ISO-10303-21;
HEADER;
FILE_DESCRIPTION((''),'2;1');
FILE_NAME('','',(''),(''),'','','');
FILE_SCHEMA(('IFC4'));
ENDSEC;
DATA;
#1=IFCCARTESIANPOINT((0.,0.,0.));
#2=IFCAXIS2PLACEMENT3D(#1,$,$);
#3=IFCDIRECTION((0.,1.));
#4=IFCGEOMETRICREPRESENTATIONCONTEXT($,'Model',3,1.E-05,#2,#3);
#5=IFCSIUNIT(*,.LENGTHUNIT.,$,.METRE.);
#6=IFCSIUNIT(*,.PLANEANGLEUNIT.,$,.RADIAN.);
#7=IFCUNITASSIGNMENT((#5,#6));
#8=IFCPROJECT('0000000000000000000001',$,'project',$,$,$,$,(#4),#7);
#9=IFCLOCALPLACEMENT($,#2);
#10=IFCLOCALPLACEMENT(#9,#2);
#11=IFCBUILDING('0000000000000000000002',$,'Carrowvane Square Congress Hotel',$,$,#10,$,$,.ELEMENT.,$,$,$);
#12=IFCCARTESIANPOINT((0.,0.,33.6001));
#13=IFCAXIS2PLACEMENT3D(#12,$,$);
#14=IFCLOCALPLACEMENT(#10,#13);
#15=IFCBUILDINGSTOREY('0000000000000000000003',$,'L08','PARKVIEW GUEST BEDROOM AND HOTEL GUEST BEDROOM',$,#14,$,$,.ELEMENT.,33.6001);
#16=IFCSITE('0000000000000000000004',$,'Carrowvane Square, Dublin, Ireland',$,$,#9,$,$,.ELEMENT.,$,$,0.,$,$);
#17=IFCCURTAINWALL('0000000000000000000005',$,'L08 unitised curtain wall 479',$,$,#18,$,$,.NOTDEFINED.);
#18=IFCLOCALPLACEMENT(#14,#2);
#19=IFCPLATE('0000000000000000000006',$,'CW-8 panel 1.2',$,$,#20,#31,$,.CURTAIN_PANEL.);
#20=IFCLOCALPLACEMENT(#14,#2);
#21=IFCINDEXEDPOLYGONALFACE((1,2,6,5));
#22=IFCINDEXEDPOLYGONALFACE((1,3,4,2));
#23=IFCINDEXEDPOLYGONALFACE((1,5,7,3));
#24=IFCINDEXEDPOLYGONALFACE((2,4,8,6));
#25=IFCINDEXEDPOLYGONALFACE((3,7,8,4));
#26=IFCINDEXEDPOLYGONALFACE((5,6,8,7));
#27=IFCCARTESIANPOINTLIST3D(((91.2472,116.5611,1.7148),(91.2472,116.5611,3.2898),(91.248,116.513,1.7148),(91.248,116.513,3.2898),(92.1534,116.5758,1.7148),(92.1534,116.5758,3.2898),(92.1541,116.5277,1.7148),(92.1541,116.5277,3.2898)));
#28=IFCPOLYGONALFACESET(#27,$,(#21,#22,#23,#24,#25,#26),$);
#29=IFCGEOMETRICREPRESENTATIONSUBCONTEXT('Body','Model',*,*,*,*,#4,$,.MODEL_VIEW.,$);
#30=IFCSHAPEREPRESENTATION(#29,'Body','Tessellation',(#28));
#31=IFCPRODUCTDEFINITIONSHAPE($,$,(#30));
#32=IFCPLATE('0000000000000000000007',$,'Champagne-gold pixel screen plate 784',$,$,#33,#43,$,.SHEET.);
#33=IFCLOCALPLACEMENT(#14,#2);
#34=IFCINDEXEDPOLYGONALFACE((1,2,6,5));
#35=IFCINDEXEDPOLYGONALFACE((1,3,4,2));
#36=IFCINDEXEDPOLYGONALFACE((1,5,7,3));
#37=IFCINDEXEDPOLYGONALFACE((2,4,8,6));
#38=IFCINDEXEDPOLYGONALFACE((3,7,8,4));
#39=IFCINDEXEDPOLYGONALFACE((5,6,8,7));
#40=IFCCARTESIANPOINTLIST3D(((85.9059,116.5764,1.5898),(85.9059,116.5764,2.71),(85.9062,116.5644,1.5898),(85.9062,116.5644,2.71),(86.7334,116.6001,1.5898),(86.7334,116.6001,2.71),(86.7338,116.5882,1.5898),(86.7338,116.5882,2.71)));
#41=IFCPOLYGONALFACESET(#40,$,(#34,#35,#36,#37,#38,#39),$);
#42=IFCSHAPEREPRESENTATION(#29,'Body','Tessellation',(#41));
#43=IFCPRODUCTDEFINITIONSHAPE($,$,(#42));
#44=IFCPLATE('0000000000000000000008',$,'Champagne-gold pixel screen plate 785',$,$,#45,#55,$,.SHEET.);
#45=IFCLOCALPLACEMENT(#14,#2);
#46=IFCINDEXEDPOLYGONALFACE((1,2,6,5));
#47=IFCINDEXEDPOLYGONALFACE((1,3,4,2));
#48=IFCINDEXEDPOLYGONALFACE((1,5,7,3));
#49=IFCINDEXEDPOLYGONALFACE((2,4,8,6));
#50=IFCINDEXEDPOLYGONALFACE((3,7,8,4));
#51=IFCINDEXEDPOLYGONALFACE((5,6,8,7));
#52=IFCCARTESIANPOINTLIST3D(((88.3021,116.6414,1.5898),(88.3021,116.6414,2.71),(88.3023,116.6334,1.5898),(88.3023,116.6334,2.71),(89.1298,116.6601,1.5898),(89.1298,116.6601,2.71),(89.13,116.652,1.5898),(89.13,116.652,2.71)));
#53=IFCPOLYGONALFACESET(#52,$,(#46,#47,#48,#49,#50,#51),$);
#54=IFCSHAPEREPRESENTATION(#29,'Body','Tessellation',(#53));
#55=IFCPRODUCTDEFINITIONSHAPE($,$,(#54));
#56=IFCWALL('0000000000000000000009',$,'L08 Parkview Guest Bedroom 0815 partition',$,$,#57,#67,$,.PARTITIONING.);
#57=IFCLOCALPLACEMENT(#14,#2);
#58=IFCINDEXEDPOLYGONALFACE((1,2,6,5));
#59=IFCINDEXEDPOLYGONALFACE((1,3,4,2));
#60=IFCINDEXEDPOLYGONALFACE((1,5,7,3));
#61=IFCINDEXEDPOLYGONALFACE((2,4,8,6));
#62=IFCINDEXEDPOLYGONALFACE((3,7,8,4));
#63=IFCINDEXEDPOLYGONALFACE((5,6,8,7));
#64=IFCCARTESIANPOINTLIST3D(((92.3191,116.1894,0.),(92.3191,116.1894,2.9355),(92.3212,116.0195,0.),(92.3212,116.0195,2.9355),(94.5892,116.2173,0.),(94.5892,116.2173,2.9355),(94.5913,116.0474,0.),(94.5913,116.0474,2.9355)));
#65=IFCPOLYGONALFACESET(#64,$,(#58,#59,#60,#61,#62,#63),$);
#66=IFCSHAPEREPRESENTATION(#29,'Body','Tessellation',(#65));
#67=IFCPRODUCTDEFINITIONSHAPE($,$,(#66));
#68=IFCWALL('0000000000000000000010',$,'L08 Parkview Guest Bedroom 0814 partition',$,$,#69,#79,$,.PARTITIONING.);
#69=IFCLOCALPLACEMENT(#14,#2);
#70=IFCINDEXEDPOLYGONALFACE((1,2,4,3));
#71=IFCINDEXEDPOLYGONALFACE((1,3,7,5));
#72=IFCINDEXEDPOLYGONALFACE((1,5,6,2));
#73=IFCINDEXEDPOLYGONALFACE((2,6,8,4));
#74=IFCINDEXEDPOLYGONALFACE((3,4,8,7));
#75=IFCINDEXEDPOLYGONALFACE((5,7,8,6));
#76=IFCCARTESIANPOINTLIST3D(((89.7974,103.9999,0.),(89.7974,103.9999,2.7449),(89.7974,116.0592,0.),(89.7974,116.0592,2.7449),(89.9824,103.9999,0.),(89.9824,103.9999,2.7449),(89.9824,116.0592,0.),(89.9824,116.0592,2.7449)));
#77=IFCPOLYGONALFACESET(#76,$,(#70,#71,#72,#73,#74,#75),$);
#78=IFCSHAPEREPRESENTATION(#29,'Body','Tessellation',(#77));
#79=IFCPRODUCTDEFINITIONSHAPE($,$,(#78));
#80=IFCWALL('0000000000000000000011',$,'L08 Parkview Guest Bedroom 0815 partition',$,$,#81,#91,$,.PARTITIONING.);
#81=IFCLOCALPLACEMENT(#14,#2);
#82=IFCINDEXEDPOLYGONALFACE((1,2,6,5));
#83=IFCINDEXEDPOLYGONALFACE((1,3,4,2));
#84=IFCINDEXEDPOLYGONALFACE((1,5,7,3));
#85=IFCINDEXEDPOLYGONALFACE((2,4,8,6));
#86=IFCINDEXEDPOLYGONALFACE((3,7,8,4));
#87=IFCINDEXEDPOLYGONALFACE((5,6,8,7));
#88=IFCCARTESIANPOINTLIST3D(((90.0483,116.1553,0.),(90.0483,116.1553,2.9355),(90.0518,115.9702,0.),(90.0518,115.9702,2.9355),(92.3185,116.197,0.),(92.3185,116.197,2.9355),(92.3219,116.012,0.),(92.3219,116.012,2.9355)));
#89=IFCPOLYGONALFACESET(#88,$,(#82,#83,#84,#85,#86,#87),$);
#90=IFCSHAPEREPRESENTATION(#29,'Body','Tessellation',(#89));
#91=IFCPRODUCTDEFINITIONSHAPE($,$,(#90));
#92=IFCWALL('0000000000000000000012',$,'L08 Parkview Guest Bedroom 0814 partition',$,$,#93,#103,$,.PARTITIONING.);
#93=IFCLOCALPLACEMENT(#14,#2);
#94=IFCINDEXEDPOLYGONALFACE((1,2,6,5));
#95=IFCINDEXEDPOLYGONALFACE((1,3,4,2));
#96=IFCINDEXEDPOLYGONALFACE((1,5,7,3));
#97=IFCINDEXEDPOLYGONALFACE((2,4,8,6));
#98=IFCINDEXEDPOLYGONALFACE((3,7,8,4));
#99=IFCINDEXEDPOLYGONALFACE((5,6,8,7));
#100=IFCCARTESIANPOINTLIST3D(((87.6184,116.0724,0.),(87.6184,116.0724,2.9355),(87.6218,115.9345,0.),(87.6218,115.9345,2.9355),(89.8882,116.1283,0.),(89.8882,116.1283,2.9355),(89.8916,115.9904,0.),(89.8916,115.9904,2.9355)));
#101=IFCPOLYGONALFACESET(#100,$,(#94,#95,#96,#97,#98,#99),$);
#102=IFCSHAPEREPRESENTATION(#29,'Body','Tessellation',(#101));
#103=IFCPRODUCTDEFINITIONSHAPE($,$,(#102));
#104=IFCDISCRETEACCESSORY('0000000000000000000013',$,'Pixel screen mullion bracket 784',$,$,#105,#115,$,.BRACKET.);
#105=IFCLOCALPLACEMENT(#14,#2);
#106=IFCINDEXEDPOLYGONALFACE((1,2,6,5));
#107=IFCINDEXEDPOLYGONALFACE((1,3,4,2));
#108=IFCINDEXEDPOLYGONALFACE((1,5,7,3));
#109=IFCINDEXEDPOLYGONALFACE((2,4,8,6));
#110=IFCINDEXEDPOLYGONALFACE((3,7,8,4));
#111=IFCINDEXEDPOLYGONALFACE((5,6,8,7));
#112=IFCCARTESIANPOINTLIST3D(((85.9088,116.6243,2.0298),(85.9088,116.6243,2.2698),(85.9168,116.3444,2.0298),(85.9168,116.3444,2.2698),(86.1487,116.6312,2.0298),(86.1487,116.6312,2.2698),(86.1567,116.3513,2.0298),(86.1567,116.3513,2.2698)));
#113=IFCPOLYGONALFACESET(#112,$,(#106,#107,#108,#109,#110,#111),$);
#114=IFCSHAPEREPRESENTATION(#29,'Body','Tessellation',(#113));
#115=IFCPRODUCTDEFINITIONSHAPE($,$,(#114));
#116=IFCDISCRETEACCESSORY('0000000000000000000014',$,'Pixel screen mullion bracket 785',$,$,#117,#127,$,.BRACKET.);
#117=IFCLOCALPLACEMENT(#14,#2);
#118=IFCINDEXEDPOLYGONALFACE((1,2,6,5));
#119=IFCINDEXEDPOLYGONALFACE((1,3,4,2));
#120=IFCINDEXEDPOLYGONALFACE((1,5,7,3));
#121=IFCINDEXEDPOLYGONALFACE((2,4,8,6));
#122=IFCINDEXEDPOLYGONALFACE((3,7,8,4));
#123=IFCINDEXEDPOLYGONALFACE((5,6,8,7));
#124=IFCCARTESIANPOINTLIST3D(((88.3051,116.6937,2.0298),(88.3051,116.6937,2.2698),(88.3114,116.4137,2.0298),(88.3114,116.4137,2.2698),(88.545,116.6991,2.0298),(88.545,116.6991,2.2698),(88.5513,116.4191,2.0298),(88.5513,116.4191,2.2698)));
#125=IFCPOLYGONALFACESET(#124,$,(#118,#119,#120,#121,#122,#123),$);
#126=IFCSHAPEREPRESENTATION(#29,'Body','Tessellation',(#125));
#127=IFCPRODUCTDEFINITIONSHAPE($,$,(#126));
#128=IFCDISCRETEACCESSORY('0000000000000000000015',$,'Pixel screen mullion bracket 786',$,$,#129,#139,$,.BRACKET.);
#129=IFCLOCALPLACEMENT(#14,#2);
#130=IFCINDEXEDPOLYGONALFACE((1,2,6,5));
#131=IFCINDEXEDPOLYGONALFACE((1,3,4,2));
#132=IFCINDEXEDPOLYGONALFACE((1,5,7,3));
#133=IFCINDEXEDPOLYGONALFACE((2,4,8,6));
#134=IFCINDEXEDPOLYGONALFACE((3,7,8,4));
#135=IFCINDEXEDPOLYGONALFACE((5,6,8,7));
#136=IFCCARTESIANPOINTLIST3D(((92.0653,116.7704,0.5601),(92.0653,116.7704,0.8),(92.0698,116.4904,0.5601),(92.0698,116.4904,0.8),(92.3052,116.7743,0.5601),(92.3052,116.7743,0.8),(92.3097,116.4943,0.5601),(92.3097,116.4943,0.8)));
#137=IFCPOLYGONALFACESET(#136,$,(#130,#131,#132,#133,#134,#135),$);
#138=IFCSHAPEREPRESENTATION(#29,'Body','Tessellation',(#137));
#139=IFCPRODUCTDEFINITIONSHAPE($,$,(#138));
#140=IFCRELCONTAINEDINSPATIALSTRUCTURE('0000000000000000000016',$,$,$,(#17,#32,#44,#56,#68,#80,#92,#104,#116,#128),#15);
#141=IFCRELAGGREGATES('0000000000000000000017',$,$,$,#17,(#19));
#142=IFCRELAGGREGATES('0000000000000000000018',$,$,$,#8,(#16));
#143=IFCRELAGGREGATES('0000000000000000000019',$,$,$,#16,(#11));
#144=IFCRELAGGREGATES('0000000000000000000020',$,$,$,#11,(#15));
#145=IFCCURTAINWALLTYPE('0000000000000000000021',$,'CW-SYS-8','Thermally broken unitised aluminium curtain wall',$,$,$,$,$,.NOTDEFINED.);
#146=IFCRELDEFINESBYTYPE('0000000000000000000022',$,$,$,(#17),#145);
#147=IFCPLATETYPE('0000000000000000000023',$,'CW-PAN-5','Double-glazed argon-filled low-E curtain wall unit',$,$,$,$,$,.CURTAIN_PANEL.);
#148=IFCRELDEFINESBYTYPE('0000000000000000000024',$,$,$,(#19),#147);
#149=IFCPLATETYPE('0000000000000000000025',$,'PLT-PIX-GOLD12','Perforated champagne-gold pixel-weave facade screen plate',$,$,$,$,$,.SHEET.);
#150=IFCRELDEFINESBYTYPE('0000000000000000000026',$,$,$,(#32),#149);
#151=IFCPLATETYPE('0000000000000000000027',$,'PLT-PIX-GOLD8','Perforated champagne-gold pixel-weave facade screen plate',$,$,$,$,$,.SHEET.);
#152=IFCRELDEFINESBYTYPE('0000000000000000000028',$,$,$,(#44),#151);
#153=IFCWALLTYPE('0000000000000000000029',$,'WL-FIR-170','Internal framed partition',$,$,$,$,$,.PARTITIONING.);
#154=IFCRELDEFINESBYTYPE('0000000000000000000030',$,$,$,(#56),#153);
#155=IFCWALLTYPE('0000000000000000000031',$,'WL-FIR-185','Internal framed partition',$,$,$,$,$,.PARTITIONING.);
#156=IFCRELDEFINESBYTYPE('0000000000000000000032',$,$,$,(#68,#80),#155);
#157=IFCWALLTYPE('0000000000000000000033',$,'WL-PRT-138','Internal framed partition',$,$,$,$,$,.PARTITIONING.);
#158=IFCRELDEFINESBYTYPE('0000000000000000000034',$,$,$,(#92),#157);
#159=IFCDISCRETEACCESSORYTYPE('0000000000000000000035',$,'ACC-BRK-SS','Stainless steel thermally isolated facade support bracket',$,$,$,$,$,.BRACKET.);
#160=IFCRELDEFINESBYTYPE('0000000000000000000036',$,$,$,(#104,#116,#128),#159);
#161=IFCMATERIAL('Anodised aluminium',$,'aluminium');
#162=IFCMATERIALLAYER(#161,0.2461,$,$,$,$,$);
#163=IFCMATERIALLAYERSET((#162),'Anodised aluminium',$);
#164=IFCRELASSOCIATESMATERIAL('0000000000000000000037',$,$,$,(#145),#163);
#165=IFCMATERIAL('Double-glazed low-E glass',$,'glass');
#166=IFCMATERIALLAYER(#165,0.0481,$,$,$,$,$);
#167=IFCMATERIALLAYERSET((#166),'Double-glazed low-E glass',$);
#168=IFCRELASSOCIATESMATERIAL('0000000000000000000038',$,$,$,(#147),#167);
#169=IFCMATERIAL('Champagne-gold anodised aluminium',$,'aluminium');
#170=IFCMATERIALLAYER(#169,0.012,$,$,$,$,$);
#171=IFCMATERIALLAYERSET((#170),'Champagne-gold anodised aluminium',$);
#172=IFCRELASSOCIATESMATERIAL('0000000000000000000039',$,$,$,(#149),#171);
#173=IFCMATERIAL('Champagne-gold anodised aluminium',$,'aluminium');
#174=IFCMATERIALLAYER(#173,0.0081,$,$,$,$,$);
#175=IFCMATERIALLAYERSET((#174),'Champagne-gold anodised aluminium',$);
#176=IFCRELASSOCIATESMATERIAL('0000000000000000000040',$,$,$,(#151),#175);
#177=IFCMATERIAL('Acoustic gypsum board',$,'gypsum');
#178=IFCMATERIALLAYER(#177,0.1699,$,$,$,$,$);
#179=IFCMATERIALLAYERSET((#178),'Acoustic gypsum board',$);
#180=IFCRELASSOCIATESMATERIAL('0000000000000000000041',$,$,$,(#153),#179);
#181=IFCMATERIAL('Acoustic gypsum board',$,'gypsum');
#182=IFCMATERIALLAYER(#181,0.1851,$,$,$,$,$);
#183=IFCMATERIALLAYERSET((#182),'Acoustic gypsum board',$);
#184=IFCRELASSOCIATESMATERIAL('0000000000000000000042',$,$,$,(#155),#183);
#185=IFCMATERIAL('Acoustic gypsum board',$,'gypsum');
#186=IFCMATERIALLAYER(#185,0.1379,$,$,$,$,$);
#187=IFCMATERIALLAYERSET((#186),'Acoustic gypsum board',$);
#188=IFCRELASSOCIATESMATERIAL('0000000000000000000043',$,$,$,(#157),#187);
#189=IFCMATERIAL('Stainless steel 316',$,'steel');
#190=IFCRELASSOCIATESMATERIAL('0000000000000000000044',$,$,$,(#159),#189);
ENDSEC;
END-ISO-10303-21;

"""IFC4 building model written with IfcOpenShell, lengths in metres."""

from ifc_helpers import new_model, si_unit, direction, frame, frame_2d, origin, origin_2d, place, context, subcontext, project, spatial, rectangle, extrude, material, layer, layer_set, type_object, element, aggregate, save


model = new_model("IFC4")

# Units and contexts
model_context = context("Model", 3, precision=1e-05, world=origin(), true_north=direction((0.0, 1.0)))
body_context = subcontext(model_context, "Body", "Model", "MODEL_VIEW")
ifc_project = project(units=[si_unit("LENGTHUNIT", "METRE"), si_unit("PLANEANGLEUNIT", "RADIAN")], contexts=[model_context])

# Site, building, storey
site_placement = place(None, origin())
site = spatial("IfcSite", under=ifc_project, at=site_placement, Name="Carrowvane Square, Dublin, Ireland", CompositionType="ELEMENT", RefElevation=0.0)
building_placement = place(site_placement, origin())
building = spatial("IfcBuilding", under=site, at=building_placement, Name="Carrowvane Square Congress Hotel", CompositionType="ELEMENT")
storey_placement = place(building_placement, frame((0.0, 0.0, 33.6001)))
storey = spatial("IfcBuildingStorey", under=building, at=storey_placement, Name="L08", Description="PARKVIEW GUEST BEDROOM AND HOTEL GUEST BEDROOM", CompositionType="ELEMENT", Elevation=33.6001)

# Curtain wall
ifc_material_1 = material(Name="Anodised aluminium", Category="aluminium")
ifc_layer_1 = layer(ifc_material_1, 0.2461)
ifc_layer_set_1 = layer_set([ifc_layer_1], Name="Anodised aluminium")
curtain_wall_type_1 = type_object("IfcCurtainWallType", Name="CW-SYS-8", Description="Thermally broken unitised aluminium curtain wall", PredefinedType="NOTDEFINED", material=ifc_layer_set_1)
curtain_wall_1_placement = place(storey_placement, origin())
curtain_wall_1 = element("IfcCurtainWall", 1, at=curtain_wall_1_placement, inside=storey, type_object=curtain_wall_type_1, Name="L08 unitised curtain wall 479", PredefinedType="NOTDEFINED")

# Plate
ifc_material_2 = material(Name="Double-glazed low-E glass", Category="glass")
ifc_layer_2 = layer(ifc_material_2, 0.0481)
ifc_layer_set_2 = layer_set([ifc_layer_2], Name="Double-glazed low-E glass")
plate_type_1 = type_object("IfcPlateType", Name="CW-PAN-5", Description="Double-glazed argon-filled low-E curtain wall unit", PredefinedType="CURTAIN_PANEL", material=ifc_layer_set_2)
plate_1_placement = place(storey_placement, frame((91.7007, 116.5444, 1.7148), z_axis=(0.0, 0.0, 1.0), x_axis=(0.999869, 0.016216, 0.0)))
plate_1 = element("IfcPlate", 2, at=plate_1_placement, type_object=plate_type_1, Name="CW-8 panel 1.2", PredefinedType="CURTAIN_PANEL", context=body_context, shape_type="SweptSolid", body=[
    extrude(rectangle(XDim=0.9062, YDim=0.0481, at=origin_2d()), origin(), (0.0, 0.0, 1.0), 1.575),
])
aggregate(curtain_wall_1, [plate_1])

# Plates
ifc_material_3 = material(Name="Champagne-gold anodised aluminium", Category="aluminium")
ifc_layer_3 = layer(ifc_material_3, 0.012)
ifc_layer_set_3 = layer_set([ifc_layer_3], Name="Champagne-gold anodised aluminium")
plate_type_2 = type_object("IfcPlateType", Name="PLT-PIX-GOLD12", Description="Perforated champagne-gold pixel-weave facade screen plate", PredefinedType="SHEET", material=ifc_layer_set_3)
plate_2_placement = place(storey_placement, frame((86.3198, 116.5823, 1.5898), z_axis=(0.0, 0.0, 1.0), x_axis=(0.99959, 0.028639, 0.0)))
element("IfcPlate", 3, at=plate_2_placement, inside=storey, type_object=plate_type_2, Name="Champagne-gold pixel screen plate 784", PredefinedType="SHEET", context=body_context, shape_type="SweptSolid", body=[
    extrude(rectangle(XDim=0.8279, YDim=0.012, at=origin_2d()), origin(), (0.0, 0.0, 1.0), 1.1201),
])
ifc_material_4 = material(Name="Champagne-gold anodised aluminium", Category="aluminium")
ifc_layer_4 = layer(ifc_material_4, 0.0081)
ifc_layer_set_4 = layer_set([ifc_layer_4], Name="Champagne-gold anodised aluminium")
plate_type_3 = type_object("IfcPlateType", Name="PLT-PIX-GOLD8", Description="Perforated champagne-gold pixel-weave facade screen plate", PredefinedType="SHEET", material=ifc_layer_set_4)
plate_3_placement = place(storey_placement, frame((88.7161, 116.6467, 1.5898), z_axis=(0.0, 0.0, 1.0), x_axis=(0.999746, 0.022519, 0.0)))
element("IfcPlate", 4, at=plate_3_placement, inside=storey, type_object=plate_type_3, Name="Champagne-gold pixel screen plate 785", PredefinedType="SHEET", context=body_context, shape_type="SweptSolid", body=[
    extrude(rectangle(XDim=0.8279, YDim=0.0081, at=origin_2d()), origin(), (0.0, 0.0, 1.0), 1.1201),
])

# Walls
ifc_material_5 = material(Name="Acoustic gypsum board", Category="gypsum")
ifc_layer_5 = layer(ifc_material_5, 0.1699)
ifc_layer_set_5 = layer_set([ifc_layer_5], Name="Acoustic gypsum board")
wall_type_1 = type_object("IfcWallType", Name="WL-FIR-170", Description="Internal framed partition", PredefinedType="PARTITIONING", material=ifc_layer_set_5)
wall_1_placement = place(storey_placement, frame((92.3201, 116.1045, 0.0), z_axis=(0.0, 0.0, 1.0), x_axis=(0.999925, 0.01226, 0.0)))
element("IfcWall", 5, at=wall_1_placement, inside=storey, type_object=wall_type_1, Name="L08 Parkview Guest Bedroom 0815 partition", PredefinedType="PARTITIONING", context=body_context, shape_type="SweptSolid", body=[
    extrude(rectangle(XDim=2.2703, YDim=0.1699, at=frame_2d((1.1353, 0.0))), origin(), (0.0, 0.0, 1.0), 2.9355),
])
ifc_material_6 = material(Name="Acoustic gypsum board", Category="gypsum")
ifc_layer_6 = layer(ifc_material_6, 0.1851)
ifc_layer_set_6 = layer_set([ifc_layer_6], Name="Acoustic gypsum board")
wall_type_2 = type_object("IfcWallType", Name="WL-FIR-185", Description="Internal framed partition", PredefinedType="PARTITIONING", material=ifc_layer_set_6)
wall_2_placement = place(storey_placement, frame((89.8899, 116.0593, 0.0), z_axis=(0.0, 0.0, 1.0), x_axis=(0.0, -1.0, 0.0)))
element("IfcWall", 6, at=wall_2_placement, inside=storey, type_object=wall_type_2, Name="L08 Parkview Guest Bedroom 0814 partition", PredefinedType="PARTITIONING", context=body_context, shape_type="SweptSolid", body=[
    extrude(rectangle(XDim=12.0593, YDim=0.1851, at=frame_2d((6.0298, 0.0))), origin(), (0.0, 0.0, 1.0), 2.7449),
])
wall_3_placement = place(storey_placement, frame((90.05, 116.0627, 0.0), z_axis=(0.0, 0.0, 1.0), x_axis=(0.999831, 0.018388, 0.0)))
element("IfcWall", 7, at=wall_3_placement, inside=storey, type_object=wall_type_2, Name="L08 Parkview Guest Bedroom 0815 partition", PredefinedType="PARTITIONING", context=body_context, shape_type="SweptSolid", body=[
    extrude(rectangle(XDim=2.2705, YDim=0.1851, at=frame_2d((1.1353, 0.0))), origin(), (0.0, 0.0, 1.0), 2.9355),
])
ifc_material_7 = material(Name="Acoustic gypsum board", Category="gypsum")
ifc_layer_7 = layer(ifc_material_7, 0.1379)
ifc_layer_set_7 = layer_set([ifc_layer_7], Name="Acoustic gypsum board")
wall_type_3 = type_object("IfcWallType", Name="WL-PRT-138", Description="Internal framed partition", PredefinedType="PARTITIONING", material=ifc_layer_set_7)
wall_4_placement = place(storey_placement, frame((87.6201, 116.0034, 0.0), z_axis=(0.0, 0.0, 1.0), x_axis=(0.999697, 0.024624, 0.0)))
element("IfcWall", 8, at=wall_4_placement, inside=storey, type_object=wall_type_3, Name="L08 Parkview Guest Bedroom 0814 partition", PredefinedType="PARTITIONING", context=body_context, shape_type="SweptSolid", body=[
    extrude(rectangle(XDim=2.2705, YDim=0.1379, at=frame_2d((1.1353, 0.0))), origin(), (0.0, 0.0, 1.0), 2.9355),
])

# Discrete accessories
ifc_material_8 = material(Name="Stainless steel 316", Category="steel")
discrete_accessory_type = type_object("IfcDiscreteAccessoryType", Name="ACC-BRK-SS", Description="Stainless steel thermally isolated facade support bracket", PredefinedType="BRACKET", material=ifc_material_8)
for number, where, z_axis, x_axis, name in (
    (9, (86.0327, 116.4878, 2.0298), (0.0, 0.0, 1.0), (0.99959, 0.028639, 0.0), "Pixel screen mullion bracket 784"),
    (10, (88.4282, 116.5564, 2.0298), (0.0, 0.0, 1.0), (0.999746, 0.022519, 0.0), "Pixel screen mullion bracket 785"),
    (11, (92.1875, 116.6323, 0.5601), (0.0, 0.0, 1.0), (0.999869, 0.016216, 0.0), "Pixel screen mullion bracket 786"),
):
    element("IfcDiscreteAccessory", number, at=place(storey_placement, frame(where, z_axis=z_axis, x_axis=x_axis)), inside=storey, type_object=discrete_accessory_type, Name=name, PredefinedType="BRACKET", context=body_context, shape_type="SweptSolid", body=[
        extrude(rectangle(XDim=0.24, YDim=0.28, at=origin_2d()), origin(), (0.0, 0.0, 1.0), 0.24),
    ])

save(model, "model.ifc")
